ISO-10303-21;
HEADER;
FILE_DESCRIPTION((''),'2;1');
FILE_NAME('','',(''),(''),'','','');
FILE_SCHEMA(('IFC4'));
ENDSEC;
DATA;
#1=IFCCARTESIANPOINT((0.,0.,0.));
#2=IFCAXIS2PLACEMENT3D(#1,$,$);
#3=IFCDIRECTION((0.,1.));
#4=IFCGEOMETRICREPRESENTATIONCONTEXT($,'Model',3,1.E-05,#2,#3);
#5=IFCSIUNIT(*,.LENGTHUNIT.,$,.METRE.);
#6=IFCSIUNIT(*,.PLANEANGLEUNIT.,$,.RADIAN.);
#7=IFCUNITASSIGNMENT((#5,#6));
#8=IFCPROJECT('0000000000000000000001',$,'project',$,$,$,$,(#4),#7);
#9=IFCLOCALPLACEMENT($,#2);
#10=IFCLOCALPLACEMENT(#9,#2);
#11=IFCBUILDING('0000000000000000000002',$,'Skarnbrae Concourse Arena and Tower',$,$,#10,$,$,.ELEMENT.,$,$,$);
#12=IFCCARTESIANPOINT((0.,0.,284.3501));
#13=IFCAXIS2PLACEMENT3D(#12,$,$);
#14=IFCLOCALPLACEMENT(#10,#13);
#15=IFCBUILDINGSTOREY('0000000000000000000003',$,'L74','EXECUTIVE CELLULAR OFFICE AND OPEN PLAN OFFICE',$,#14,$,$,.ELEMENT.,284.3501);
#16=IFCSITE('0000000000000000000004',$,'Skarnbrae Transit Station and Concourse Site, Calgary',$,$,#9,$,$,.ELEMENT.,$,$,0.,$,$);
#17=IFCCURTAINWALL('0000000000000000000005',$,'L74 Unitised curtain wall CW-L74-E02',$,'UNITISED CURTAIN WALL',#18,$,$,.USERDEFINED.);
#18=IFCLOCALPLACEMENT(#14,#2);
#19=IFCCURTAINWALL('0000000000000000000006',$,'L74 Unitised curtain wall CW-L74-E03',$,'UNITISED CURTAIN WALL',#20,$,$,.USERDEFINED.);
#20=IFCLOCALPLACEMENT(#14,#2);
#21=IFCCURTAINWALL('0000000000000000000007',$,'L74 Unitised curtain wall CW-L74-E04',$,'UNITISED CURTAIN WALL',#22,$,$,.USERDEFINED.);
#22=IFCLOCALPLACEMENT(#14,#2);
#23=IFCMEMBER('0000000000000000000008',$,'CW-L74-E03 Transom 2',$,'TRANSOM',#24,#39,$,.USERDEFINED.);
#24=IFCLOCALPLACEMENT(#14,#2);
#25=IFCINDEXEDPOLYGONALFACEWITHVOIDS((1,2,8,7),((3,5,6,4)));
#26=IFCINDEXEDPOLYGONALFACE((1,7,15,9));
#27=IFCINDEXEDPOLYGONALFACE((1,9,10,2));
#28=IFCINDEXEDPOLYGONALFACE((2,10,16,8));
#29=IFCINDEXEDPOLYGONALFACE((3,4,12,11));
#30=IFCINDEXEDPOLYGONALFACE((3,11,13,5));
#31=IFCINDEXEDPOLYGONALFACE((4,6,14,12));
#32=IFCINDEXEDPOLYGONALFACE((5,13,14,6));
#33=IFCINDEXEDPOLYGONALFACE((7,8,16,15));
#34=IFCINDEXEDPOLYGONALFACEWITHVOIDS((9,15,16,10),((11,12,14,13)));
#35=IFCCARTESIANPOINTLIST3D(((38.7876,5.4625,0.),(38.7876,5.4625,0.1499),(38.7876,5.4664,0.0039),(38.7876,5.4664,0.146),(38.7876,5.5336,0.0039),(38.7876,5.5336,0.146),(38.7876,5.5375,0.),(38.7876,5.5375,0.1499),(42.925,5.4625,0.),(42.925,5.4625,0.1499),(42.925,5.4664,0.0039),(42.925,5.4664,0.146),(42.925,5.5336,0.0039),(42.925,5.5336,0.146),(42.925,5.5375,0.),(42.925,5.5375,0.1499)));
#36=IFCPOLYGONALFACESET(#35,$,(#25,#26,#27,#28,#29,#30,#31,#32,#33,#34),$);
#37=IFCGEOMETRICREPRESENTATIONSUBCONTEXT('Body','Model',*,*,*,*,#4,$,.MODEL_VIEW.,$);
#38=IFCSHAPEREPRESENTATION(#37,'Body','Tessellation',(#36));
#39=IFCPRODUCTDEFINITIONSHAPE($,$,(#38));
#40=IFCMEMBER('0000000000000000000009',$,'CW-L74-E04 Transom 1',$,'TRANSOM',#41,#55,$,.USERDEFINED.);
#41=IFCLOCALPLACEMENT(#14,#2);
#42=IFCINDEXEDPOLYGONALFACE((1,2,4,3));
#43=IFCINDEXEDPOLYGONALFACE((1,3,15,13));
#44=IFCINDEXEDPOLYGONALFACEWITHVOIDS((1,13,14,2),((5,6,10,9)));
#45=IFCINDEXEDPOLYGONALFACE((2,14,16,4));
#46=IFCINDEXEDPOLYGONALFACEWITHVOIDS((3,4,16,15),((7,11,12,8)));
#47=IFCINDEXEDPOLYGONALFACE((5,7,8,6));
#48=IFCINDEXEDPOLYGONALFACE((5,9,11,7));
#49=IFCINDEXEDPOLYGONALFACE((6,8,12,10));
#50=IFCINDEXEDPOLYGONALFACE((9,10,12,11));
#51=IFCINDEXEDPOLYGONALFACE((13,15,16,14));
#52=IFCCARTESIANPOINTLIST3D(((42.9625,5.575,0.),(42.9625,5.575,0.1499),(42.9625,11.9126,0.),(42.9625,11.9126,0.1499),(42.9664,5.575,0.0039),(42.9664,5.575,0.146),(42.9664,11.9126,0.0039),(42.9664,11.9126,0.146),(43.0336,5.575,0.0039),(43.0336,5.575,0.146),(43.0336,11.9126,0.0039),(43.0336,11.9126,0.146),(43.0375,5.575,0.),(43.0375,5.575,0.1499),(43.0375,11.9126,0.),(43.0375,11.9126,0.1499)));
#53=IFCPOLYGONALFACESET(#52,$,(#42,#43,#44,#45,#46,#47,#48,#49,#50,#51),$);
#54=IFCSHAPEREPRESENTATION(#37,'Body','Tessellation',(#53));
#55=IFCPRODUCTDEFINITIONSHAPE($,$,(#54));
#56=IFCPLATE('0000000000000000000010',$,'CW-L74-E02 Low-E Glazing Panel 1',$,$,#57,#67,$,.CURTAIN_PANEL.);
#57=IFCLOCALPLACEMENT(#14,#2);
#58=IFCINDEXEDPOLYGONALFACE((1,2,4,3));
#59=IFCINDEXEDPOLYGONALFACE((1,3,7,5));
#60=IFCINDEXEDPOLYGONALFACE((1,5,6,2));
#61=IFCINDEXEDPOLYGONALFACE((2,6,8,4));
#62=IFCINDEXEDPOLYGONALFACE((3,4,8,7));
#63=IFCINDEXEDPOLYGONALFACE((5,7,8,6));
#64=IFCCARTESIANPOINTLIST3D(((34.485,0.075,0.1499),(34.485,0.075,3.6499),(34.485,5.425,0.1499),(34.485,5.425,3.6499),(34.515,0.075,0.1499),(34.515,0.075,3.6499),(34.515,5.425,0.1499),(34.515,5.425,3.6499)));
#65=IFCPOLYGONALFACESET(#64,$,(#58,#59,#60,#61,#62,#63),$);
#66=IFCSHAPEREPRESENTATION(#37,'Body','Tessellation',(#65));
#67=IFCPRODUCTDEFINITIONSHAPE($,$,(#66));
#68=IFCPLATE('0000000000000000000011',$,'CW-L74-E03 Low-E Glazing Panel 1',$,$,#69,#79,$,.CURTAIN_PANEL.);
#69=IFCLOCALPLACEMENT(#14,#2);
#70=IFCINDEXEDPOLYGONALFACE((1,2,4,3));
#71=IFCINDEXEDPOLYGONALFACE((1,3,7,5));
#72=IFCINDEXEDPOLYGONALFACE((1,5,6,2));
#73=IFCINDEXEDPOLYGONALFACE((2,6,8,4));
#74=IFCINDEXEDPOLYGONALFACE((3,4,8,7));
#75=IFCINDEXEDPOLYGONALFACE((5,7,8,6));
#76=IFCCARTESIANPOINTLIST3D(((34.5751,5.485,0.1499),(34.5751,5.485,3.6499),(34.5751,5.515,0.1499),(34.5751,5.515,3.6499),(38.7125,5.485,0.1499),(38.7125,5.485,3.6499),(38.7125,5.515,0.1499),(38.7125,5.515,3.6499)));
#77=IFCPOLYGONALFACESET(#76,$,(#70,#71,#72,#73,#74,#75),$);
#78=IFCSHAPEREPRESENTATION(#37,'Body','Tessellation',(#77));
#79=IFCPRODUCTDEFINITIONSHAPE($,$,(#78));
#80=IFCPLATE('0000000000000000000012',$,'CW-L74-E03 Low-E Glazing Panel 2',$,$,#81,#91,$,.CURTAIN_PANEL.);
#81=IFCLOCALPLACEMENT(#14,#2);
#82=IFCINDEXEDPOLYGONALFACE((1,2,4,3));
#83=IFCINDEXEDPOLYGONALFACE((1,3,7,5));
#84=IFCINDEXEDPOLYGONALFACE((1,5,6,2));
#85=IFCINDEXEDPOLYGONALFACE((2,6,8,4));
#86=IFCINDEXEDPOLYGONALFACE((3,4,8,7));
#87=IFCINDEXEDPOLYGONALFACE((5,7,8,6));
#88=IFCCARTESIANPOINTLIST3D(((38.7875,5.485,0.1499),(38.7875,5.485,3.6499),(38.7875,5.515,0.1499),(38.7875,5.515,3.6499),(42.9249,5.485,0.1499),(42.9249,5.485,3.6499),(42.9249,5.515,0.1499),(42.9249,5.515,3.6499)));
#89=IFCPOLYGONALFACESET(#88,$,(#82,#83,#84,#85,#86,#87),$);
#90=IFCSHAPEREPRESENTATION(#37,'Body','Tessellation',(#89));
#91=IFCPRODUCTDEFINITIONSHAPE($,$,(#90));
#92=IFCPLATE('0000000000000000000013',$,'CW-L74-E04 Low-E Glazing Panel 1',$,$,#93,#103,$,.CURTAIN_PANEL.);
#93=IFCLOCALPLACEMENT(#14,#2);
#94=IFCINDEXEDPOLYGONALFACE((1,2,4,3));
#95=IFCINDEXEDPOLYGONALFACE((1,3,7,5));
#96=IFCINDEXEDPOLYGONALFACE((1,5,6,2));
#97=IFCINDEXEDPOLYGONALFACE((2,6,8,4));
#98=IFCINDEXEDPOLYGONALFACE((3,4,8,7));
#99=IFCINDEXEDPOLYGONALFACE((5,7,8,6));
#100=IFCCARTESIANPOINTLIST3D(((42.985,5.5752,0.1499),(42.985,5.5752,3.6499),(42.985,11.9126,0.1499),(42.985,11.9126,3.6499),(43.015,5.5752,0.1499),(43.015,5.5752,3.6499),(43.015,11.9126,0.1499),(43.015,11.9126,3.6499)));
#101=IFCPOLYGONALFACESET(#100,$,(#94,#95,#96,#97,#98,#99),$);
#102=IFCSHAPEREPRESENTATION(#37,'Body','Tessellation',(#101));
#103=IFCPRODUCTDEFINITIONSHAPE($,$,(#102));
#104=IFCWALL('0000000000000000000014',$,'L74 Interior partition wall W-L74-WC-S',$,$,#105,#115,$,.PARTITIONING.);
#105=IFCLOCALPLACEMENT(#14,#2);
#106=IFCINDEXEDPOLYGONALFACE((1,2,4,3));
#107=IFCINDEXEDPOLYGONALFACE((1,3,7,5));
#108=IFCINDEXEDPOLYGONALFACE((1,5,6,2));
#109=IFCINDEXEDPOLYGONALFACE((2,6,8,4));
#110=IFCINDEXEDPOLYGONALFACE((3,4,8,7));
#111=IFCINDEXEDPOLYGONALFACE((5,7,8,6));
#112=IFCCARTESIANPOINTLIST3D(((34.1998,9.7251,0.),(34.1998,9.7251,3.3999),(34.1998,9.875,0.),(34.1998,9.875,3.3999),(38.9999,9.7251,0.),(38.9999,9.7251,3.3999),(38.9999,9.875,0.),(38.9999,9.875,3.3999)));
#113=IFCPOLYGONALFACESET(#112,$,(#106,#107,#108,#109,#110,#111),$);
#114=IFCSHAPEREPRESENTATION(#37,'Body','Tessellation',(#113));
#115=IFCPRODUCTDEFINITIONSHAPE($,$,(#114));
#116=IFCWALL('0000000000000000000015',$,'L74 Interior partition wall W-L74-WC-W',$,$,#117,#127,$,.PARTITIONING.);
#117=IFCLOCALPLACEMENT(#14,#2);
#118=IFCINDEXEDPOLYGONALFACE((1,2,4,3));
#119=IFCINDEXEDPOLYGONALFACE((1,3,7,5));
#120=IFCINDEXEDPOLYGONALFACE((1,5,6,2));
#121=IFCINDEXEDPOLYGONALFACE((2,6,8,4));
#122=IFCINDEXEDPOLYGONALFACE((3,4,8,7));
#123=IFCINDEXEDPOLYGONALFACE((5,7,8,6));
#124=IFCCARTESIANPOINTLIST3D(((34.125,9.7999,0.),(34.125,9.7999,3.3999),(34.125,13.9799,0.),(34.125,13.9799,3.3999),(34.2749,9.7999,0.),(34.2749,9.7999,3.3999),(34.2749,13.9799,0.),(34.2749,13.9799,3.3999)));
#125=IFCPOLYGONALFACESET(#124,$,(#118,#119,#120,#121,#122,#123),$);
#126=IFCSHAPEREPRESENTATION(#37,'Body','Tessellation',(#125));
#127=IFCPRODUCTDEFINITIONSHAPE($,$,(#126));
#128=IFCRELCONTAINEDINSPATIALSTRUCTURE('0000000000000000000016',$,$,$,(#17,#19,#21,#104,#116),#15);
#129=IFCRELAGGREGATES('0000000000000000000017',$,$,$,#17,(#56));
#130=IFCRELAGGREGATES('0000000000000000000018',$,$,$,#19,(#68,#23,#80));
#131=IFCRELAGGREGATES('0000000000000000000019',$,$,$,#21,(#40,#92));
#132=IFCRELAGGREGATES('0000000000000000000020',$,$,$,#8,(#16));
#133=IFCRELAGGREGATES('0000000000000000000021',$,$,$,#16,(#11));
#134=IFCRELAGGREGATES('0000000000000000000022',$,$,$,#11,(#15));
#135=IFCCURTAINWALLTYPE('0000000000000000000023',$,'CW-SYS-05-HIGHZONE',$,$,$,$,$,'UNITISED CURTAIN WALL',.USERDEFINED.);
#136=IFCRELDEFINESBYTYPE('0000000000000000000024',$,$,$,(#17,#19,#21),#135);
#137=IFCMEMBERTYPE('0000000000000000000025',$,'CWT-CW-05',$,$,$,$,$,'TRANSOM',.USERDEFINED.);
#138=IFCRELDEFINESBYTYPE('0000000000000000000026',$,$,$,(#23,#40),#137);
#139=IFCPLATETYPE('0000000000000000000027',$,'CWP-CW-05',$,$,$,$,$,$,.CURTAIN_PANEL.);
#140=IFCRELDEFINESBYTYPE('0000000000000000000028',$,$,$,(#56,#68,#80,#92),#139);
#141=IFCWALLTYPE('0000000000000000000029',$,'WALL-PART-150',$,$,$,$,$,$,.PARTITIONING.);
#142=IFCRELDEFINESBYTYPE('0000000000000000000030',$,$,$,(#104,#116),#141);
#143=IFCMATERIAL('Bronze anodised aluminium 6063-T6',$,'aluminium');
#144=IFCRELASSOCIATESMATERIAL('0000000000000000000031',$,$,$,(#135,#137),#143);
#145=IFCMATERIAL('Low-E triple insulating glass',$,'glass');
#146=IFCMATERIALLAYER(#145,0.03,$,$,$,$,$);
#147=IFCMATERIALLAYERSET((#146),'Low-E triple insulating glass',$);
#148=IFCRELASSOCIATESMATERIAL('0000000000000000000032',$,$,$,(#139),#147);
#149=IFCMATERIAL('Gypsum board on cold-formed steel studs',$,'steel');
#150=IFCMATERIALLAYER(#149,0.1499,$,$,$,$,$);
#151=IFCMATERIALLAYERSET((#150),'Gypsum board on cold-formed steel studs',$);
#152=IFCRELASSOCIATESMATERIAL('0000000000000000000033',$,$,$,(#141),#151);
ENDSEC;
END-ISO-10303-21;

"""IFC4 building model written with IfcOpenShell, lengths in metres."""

from ifc_helpers import new_model, si_unit, direction, frame, frame_2d, origin, origin_2d, place, context, subcontext, project, spatial, rectangle, hollow_rectangle, extrude, source, transform, mapped, material, layer, layer_set, material_profile, profile_set, type_object, element, aggregate, save


model = new_model("IFC4")

# Units and contexts
model_context = context("Model", 3, precision=1e-05, world=origin(), true_north=direction((0.0, 1.0)))
body_context = subcontext(model_context, "Body", "Model", "MODEL_VIEW")
ifc_project = project(units=[si_unit("LENGTHUNIT", "METRE"), si_unit("PLANEANGLEUNIT", "RADIAN")], contexts=[model_context])

# Site, building, storey
site_placement = place(None, origin())
site = spatial("IfcSite", under=ifc_project, at=site_placement, Name="Skarnbrae Transit Station and Concourse Site, Calgary", CompositionType="ELEMENT", RefElevation=0.0)
building_placement = place(site_placement, origin())
building = spatial("IfcBuilding", under=site, at=building_placement, Name="Skarnbrae Concourse Arena and Tower", CompositionType="ELEMENT")
storey_placement = place(building_placement, frame((0.0, 0.0, 284.3501)))
storey = spatial("IfcBuildingStorey", under=building, at=storey_placement, Name="L74", Description="EXECUTIVE CELLULAR OFFICE AND OPEN PLAN OFFICE", CompositionType="ELEMENT", Elevation=284.3501)

# Curtain walls
ifc_material_1 = material(Name="Bronze anodised aluminium 6063-T6", Category="aluminium")
curtain_wall_type = type_object("IfcCurtainWallType", Name="CW-SYS-05-HIGHZONE", ElementType="UNITISED CURTAIN WALL", PredefinedType="USERDEFINED", material=ifc_material_1)
curtain_wall_1_placement = place(storey_placement, origin())
curtain_wall_1 = element("IfcCurtainWall", 1, at=curtain_wall_1_placement, inside=storey, type_object=curtain_wall_type, Name="L74 Unitised curtain wall CW-L74-E02", ObjectType="UNITISED CURTAIN WALL", PredefinedType="USERDEFINED")
curtain_wall_2_placement = place(storey_placement, origin())
curtain_wall_2 = element("IfcCurtainWall", 2, at=curtain_wall_2_placement, inside=storey, type_object=curtain_wall_type, Name="L74 Unitised curtain wall CW-L74-E03", ObjectType="UNITISED CURTAIN WALL", PredefinedType="USERDEFINED")

# Curtain wall
curtain_wall_3_placement = place(storey_placement, origin())
curtain_wall_3 = element("IfcCurtainWall", 3, at=curtain_wall_3_placement, inside=storey, type_object=curtain_wall_type, Name="L74 Unitised curtain wall CW-L74-E04", ObjectType="UNITISED CURTAIN WALL", PredefinedType="USERDEFINED")

# Members
ifc_material_profile_1 = material_profile(ifc_material_1, hollow_rectangle(XDim=0.075, YDim=0.1499, WallThickness=0.0039, at=origin_2d()), Name="ALU-TRAN-75X150")
ifc_profile_set_1 = profile_set([ifc_material_profile_1], Name="Bronze anodised aluminium 6063-T6")
member_type_1 = type_object("IfcMemberType", Name="CWT-CW-05", ElementType="TRANSOM", PredefinedType="USERDEFINED", material=ifc_profile_set_1)
shared_shape_1 = source(origin(), body_context, "Body", "SweptSolid", [
    extrude(hollow_rectangle(XDim=0.075, YDim=0.1499, WallThickness=0.0039, at=origin_2d()), origin(), (0.0, 0.0, 1.0), 4.1375),
])
member_1_placement = place(storey_placement, frame((38.7876, 5.5, 0.075), z_axis=(1.0, 0.0, 0.0), x_axis=(0.0, 1.0, 0.0)))
member_1 = element("IfcMember", 4, at=member_1_placement, type_object=member_type_1, Name="CW-L74-E03 Transom 2", ObjectType="TRANSOM", PredefinedType="USERDEFINED", context=body_context, shape_type="MappedRepresentation", body=[
    mapped(shared_shape_1, transform((0.0, 0.0, 0.0))),
])
shared_shape_2 = source(origin(), body_context, "Body", "SweptSolid", [
    extrude(hollow_rectangle(XDim=0.075, YDim=0.1499, WallThickness=0.0039, at=origin_2d()), origin(), (0.0, 0.0, 1.0), 6.3376),
])
member_2_placement = place(storey_placement, frame((43.0, 5.575, 0.075), z_axis=(0.0, 1.0, 0.0), x_axis=(-1.0, 0.0, 0.0)))
member_2 = element("IfcMember", 5, at=member_2_placement, type_object=member_type_1, Name="CW-L74-E04 Transom 1", ObjectType="TRANSOM", PredefinedType="USERDEFINED", context=body_context, shape_type="MappedRepresentation", body=[
    mapped(shared_shape_2, transform((0.0, 0.0, 0.0))),
])

# Plates
ifc_material_2 = material(Name="Low-E triple insulating glass", Category="glass")
ifc_layer_1 = layer(ifc_material_2, 0.03)
ifc_layer_set_1 = layer_set([ifc_layer_1], Name="Low-E triple insulating glass")
plate_type = type_object("IfcPlateType", Name="CWP-CW-05", PredefinedType="CURTAIN_PANEL", material=ifc_layer_set_1)
shared_shape_3 = source(origin(), body_context, "Body", "SweptSolid", [
    extrude(rectangle(XDim=5.3501, YDim=0.03, at=origin_2d()), origin(), (0.0, 0.0, 1.0), 3.5),
])
plate_1_placement = place(storey_placement, frame((34.5, 2.75, 0.1499), z_axis=(0.0, 0.0, 1.0), x_axis=(0.0, 1.0, 0.0)))
plate_1 = element("IfcPlate", 6, at=plate_1_placement, type_object=plate_type, Name="CW-L74-E02 Low-E Glazing Panel 1", PredefinedType="CURTAIN_PANEL", context=body_context, shape_type="MappedRepresentation", body=[
    mapped(shared_shape_3, transform((0.0, 0.0, 0.0))),
])
aggregate(curtain_wall_1, [plate_1])
shared_shape_4 = source(origin(), body_context, "Body", "SweptSolid", [
    extrude(rectangle(XDim=4.1375, YDim=0.03, at=origin_2d()), origin(), (0.0, 0.0, 1.0), 3.5),
])
plate_2_placement = place(storey_placement, frame((36.6438, 5.5, 0.1499), z_axis=(0.0, 0.0, 1.0), x_axis=(1.0, 0.0, 0.0)))
plate_2 = element("IfcPlate", 7, at=plate_2_placement, type_object=plate_type, Name="CW-L74-E03 Low-E Glazing Panel 1", PredefinedType="CURTAIN_PANEL", context=body_context, shape_type="MappedRepresentation", body=[
    mapped(shared_shape_4, transform((0.0, 0.0, 0.0))),
])
plate_3_placement = place(storey_placement, frame((40.8562, 5.5, 0.1499), z_axis=(0.0, 0.0, 1.0), x_axis=(1.0, 0.0, 0.0)))
plate_3 = element("IfcPlate", 8, at=plate_3_placement, type_object=plate_type, Name="CW-L74-E03 Low-E Glazing Panel 2", PredefinedType="CURTAIN_PANEL", context=body_context, shape_type="MappedRepresentation", body=[
    mapped(shared_shape_4, transform((0.0, 0.0, 0.0))),
])
aggregate(curtain_wall_2, [plate_2, member_1, plate_3])
shared_shape_5 = source(origin(), body_context, "Body", "SweptSolid", [
    extrude(rectangle(XDim=6.3374, YDim=0.03, at=origin_2d()), origin(), (0.0, 0.0, 1.0), 3.5),
])
plate_4_placement = place(storey_placement, frame((43.0, 8.7439, 0.1499), z_axis=(0.0, 0.0, 1.0), x_axis=(0.0, 1.0, 0.0)))
plate_4 = element("IfcPlate", 9, at=plate_4_placement, type_object=plate_type, Name="CW-L74-E04 Low-E Glazing Panel 1", PredefinedType="CURTAIN_PANEL", context=body_context, shape_type="MappedRepresentation", body=[
    mapped(shared_shape_5, transform((0.0, 0.0, 0.0))),
])
aggregate(curtain_wall_3, [member_2, plate_4])

# Walls
ifc_material_3 = material(Name="Gypsum board on cold-formed steel studs", Category="steel")
ifc_layer_2 = layer(ifc_material_3, 0.1499)
ifc_layer_set_2 = layer_set([ifc_layer_2], Name="Gypsum board on cold-formed steel studs")
wall_type = type_object("IfcWallType", Name="WALL-PART-150", PredefinedType="PARTITIONING", material=ifc_layer_set_2)
shared_shape_6 = source(origin(), body_context, "Body", "SweptSolid", [
    extrude(rectangle(XDim=4.8, YDim=0.1499, at=frame_2d((2.3999, 0.0))), origin(), (0.0, 0.0, 1.0), 3.3999),
])
wall_1_placement = place(storey_placement, frame((34.2, 9.8, 0.0), z_axis=(0.0, 0.0, 1.0), x_axis=(1.0, 0.0, 0.0)))
element("IfcWall", 10, at=wall_1_placement, inside=storey, type_object=wall_type, Name="L74 Interior partition wall W-L74-WC-S", PredefinedType="PARTITIONING", context=body_context, shape_type="MappedRepresentation", body=[
    mapped(shared_shape_6, transform((0.0, 0.0, 0.0))),
])
shared_shape_7 = source(origin(), body_context, "Body", "SweptSolid", [
    extrude(rectangle(XDim=4.1799, YDim=0.1499, at=frame_2d((2.0898, 0.0))), origin(), (0.0, 0.0, 1.0), 3.3999),
])
wall_2_placement = place(storey_placement, frame((34.2, 9.8, 0.0), z_axis=(0.0, 0.0, 1.0), x_axis=(0.0, 1.0, 0.0)))
element("IfcWall", 11, at=wall_2_placement, inside=storey, type_object=wall_type, Name="L74 Interior partition wall W-L74-WC-W", PredefinedType="PARTITIONING", context=body_context, shape_type="MappedRepresentation", body=[
    mapped(shared_shape_7, transform((0.0, 0.0, 0.0))),
])

save(model, "model.ifc")
